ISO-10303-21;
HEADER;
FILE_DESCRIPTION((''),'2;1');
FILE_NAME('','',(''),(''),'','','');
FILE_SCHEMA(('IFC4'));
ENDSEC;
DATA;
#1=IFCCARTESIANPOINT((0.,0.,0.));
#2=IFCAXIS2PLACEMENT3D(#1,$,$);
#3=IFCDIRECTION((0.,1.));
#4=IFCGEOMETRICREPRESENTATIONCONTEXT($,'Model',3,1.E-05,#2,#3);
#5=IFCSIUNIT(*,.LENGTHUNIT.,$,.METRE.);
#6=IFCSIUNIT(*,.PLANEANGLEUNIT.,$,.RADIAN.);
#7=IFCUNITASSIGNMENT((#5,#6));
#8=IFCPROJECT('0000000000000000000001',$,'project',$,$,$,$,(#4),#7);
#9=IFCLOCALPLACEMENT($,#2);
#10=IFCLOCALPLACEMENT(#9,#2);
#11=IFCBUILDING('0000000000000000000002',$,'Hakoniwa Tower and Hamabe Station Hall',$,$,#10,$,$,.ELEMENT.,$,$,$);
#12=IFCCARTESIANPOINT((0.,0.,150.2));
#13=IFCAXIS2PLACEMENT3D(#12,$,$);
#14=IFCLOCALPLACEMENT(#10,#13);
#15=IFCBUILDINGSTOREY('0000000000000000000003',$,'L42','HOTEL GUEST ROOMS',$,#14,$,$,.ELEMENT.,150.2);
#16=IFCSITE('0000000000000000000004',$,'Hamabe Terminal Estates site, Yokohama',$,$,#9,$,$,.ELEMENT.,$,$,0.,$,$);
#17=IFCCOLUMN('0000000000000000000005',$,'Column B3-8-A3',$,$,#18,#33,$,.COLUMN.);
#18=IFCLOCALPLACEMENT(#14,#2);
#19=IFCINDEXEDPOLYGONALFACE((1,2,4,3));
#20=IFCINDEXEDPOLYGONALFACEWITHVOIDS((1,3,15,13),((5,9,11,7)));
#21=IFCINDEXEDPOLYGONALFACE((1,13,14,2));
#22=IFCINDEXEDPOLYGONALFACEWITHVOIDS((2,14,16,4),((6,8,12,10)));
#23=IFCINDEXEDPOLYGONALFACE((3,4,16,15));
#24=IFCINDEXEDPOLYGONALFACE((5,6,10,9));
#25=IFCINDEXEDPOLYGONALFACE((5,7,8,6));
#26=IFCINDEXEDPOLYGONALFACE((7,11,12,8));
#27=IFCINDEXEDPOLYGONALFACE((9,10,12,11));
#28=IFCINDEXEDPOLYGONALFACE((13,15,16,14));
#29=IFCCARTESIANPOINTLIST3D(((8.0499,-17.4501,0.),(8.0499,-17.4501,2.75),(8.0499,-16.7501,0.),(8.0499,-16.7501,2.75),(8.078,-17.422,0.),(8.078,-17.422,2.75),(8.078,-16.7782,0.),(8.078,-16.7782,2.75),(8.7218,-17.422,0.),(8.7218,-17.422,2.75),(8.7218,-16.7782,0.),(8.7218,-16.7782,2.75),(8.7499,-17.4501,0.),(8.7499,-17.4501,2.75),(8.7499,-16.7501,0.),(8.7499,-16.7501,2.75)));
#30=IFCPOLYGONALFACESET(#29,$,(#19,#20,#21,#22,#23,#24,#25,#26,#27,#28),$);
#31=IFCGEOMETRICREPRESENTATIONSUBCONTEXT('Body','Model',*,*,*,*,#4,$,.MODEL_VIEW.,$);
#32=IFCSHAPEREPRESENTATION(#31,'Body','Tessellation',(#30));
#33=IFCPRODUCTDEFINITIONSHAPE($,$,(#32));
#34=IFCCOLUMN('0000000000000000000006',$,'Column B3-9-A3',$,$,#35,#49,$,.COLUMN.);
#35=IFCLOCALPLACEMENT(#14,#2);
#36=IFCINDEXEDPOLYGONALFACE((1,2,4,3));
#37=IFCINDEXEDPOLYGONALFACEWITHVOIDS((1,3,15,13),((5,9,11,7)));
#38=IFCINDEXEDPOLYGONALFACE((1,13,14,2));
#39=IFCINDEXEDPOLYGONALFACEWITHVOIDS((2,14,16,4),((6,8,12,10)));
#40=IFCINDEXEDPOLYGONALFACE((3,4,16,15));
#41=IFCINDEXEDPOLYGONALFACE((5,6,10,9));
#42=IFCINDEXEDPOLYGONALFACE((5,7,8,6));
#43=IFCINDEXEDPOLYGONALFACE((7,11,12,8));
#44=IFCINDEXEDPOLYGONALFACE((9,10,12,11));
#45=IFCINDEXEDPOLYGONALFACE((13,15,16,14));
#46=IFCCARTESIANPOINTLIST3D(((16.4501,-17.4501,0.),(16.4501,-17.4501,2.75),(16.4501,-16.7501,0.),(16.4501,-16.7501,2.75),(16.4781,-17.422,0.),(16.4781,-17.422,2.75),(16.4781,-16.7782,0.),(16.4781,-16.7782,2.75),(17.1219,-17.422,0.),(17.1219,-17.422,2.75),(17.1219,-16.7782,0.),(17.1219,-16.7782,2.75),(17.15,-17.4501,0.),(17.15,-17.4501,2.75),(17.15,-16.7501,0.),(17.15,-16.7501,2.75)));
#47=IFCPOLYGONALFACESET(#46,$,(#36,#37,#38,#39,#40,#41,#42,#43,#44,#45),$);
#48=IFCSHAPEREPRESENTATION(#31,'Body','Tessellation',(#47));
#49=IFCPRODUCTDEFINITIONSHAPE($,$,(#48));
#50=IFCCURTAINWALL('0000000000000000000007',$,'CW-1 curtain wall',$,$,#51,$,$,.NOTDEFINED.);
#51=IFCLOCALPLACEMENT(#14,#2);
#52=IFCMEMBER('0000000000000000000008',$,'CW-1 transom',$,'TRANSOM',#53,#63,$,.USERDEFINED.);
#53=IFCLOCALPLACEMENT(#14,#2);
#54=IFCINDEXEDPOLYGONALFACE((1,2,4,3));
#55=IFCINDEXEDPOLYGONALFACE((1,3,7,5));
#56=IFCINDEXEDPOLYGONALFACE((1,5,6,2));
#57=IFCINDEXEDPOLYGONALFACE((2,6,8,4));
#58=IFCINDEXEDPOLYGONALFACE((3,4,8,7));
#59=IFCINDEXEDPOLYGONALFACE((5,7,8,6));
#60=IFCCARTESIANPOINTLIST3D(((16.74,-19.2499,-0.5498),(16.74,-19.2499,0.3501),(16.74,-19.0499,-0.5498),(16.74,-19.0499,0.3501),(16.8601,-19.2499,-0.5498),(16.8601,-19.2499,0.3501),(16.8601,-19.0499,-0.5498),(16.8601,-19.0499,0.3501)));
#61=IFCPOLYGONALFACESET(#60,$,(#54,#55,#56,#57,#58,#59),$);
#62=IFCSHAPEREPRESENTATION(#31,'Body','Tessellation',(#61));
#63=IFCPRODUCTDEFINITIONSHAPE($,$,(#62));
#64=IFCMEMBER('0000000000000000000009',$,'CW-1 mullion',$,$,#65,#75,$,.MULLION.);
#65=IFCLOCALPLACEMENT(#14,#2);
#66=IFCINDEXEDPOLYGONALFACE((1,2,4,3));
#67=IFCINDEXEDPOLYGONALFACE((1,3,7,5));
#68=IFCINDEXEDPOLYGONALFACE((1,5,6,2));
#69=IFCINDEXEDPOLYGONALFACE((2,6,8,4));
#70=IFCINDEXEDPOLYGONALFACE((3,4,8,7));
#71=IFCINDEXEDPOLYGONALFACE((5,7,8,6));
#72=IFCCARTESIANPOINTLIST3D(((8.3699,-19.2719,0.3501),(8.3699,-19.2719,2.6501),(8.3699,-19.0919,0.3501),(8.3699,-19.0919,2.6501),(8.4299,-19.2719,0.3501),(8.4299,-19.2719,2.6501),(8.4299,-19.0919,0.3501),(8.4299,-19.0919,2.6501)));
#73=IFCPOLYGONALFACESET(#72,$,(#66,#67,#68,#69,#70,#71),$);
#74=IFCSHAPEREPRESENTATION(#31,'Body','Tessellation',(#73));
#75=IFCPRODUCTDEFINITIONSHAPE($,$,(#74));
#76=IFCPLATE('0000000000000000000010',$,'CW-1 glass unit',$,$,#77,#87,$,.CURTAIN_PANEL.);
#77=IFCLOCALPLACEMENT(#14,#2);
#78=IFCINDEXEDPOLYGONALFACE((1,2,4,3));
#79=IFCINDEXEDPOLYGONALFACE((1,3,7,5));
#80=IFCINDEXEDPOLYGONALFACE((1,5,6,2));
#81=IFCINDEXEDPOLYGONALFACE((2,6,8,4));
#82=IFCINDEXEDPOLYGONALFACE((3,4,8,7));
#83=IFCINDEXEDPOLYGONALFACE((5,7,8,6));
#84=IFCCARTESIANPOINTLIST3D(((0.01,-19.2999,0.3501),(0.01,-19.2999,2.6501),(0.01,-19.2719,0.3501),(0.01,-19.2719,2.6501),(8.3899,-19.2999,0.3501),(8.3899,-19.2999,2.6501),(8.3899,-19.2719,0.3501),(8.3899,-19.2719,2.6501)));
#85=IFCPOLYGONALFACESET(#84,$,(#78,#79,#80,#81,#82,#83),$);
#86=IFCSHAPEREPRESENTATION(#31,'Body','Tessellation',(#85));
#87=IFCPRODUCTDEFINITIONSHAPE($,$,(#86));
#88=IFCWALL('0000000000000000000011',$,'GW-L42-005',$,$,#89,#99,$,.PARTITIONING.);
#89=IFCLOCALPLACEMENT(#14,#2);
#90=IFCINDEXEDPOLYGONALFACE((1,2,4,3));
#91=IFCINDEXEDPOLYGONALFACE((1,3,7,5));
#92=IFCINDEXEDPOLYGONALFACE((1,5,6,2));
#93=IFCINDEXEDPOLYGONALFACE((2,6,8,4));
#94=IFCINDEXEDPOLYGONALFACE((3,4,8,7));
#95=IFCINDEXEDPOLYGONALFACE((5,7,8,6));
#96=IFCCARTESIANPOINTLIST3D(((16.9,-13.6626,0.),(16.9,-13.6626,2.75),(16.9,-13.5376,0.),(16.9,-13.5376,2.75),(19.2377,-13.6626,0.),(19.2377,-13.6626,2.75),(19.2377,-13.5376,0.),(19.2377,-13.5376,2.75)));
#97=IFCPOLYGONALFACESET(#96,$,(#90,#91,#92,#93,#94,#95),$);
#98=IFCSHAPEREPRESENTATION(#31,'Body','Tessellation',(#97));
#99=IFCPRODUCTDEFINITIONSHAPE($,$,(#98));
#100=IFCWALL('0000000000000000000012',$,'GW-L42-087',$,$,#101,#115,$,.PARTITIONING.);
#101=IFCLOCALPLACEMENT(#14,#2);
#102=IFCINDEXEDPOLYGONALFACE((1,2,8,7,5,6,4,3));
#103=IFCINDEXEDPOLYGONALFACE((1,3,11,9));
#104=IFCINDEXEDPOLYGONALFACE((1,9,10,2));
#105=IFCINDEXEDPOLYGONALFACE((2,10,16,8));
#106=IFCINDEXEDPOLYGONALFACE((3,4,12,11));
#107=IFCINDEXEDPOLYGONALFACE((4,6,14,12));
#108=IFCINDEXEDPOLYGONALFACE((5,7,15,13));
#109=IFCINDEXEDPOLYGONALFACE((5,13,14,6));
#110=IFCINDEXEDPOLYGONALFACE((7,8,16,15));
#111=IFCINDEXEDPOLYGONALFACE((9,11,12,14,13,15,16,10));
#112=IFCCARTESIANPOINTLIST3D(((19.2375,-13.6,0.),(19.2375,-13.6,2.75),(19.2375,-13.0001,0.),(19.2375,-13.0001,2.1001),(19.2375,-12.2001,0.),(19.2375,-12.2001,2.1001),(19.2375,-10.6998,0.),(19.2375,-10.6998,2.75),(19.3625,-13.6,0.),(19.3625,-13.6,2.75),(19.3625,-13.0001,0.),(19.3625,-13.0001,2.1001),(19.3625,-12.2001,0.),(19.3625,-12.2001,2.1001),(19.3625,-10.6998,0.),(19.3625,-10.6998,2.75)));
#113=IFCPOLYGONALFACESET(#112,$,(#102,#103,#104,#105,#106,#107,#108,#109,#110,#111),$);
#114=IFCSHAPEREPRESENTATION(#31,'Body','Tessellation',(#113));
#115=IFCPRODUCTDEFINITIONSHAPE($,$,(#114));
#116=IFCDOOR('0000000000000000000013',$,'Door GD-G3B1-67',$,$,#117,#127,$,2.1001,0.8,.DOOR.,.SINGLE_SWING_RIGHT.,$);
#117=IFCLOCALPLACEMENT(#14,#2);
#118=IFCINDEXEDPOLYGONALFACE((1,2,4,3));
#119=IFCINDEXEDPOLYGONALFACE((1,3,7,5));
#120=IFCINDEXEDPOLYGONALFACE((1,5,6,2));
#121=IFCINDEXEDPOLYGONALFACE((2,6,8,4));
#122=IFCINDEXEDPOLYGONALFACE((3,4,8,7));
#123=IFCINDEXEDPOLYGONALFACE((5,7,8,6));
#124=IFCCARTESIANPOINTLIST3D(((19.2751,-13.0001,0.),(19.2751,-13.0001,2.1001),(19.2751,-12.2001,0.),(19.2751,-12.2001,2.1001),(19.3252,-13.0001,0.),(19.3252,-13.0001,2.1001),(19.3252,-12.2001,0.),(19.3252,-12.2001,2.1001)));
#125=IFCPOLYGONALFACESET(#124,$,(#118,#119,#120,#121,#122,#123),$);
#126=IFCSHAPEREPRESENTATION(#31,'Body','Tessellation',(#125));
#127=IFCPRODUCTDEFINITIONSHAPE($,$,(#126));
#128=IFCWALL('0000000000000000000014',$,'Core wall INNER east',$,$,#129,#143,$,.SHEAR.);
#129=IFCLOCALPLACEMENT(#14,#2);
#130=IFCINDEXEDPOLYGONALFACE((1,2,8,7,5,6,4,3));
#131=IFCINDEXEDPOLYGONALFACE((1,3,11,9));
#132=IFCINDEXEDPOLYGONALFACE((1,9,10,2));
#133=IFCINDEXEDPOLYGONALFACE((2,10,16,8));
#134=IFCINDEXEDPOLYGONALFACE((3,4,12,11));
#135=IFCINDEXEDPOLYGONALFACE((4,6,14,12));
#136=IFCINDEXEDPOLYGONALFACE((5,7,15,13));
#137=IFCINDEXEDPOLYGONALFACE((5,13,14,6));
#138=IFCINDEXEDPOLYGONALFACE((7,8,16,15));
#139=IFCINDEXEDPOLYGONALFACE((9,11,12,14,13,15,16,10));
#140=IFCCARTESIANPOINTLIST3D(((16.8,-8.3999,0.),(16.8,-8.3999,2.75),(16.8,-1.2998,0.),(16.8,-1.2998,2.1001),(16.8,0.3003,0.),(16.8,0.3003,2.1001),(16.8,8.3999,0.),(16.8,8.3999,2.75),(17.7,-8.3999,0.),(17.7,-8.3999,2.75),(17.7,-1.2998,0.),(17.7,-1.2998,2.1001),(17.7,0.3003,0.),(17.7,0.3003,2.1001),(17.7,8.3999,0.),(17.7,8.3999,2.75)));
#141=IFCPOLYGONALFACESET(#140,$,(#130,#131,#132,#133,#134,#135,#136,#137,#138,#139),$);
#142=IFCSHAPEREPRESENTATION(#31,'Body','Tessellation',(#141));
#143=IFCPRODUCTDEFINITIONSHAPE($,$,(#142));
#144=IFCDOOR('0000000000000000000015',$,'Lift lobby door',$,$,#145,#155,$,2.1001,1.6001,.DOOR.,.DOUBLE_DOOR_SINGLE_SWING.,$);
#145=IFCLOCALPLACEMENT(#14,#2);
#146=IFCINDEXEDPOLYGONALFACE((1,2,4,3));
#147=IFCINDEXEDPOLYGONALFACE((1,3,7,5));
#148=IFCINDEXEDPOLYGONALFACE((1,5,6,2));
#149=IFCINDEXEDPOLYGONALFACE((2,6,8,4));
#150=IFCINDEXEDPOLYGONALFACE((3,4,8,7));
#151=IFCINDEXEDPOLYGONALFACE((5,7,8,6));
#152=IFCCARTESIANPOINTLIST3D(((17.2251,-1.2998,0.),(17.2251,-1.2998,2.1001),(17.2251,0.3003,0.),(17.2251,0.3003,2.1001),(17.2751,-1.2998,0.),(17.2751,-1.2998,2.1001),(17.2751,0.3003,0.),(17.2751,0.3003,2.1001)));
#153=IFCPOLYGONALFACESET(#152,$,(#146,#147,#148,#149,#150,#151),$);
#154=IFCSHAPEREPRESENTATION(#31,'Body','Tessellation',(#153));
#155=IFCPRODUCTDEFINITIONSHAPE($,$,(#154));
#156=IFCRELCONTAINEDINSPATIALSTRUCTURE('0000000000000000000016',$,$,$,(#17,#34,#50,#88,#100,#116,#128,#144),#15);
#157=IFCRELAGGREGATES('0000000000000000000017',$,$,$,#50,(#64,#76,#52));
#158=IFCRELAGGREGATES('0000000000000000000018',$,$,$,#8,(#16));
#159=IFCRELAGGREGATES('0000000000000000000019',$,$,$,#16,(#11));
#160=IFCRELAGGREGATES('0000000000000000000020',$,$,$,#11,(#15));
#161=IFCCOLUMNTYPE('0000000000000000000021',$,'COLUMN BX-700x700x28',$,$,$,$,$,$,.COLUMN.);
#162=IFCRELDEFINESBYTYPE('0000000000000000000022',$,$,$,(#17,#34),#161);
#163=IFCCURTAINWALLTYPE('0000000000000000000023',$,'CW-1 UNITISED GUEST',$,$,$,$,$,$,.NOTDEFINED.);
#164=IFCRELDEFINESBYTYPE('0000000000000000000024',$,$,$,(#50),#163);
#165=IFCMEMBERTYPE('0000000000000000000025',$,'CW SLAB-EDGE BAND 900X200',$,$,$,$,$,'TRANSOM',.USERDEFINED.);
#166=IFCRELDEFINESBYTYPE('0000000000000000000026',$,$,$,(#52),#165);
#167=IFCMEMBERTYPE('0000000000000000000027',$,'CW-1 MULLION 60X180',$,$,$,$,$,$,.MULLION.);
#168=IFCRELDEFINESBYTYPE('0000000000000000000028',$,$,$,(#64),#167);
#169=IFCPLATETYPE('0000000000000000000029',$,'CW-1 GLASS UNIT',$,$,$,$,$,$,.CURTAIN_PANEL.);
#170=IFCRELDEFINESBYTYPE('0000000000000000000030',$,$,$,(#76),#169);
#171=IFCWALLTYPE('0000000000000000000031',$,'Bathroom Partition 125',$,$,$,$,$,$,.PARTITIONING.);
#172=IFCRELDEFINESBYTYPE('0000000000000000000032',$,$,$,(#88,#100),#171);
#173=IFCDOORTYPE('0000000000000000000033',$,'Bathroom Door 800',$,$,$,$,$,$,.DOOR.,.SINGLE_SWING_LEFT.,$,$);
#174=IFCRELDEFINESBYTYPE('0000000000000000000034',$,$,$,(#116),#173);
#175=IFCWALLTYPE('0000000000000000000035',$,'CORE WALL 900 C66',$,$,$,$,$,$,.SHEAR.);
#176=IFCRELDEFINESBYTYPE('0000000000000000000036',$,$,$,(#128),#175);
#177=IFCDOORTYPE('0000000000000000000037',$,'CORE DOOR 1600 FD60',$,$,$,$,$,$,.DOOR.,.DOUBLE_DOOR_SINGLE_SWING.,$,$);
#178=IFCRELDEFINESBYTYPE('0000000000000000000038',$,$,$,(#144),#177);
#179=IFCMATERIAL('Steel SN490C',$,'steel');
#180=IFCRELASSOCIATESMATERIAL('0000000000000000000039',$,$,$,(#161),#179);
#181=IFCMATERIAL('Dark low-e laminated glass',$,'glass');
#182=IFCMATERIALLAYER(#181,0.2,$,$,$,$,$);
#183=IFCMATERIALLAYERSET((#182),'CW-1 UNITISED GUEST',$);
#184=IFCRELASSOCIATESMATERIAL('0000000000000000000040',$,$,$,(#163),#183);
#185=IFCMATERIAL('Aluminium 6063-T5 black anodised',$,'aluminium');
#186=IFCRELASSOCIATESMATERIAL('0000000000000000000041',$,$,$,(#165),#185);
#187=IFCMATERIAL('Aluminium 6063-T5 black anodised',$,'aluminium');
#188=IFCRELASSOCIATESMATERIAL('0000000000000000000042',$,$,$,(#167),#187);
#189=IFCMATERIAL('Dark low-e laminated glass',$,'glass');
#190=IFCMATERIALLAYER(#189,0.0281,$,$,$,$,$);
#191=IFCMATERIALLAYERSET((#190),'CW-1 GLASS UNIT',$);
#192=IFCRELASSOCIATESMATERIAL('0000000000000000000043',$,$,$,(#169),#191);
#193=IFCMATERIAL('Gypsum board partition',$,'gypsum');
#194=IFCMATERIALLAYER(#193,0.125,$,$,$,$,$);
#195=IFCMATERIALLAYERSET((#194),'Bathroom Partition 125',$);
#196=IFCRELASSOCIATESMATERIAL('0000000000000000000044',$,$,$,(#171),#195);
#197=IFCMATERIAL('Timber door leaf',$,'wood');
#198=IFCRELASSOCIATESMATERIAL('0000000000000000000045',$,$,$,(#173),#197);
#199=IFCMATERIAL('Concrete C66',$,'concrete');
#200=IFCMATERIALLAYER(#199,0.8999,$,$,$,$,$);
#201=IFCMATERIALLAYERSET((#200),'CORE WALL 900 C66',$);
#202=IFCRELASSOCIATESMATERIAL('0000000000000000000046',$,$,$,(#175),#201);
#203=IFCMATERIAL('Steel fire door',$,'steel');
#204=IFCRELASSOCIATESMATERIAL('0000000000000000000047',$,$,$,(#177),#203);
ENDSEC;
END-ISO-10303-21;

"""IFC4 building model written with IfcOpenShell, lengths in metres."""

from ifc_helpers import new_model, si_unit, direction, frame, frame_2d, origin, origin_2d, place, context, subcontext, project, spatial, rectangle, hollow_rectangle, extrude, material, layer, layer_set, material_profile, profile_set, type_object, element, fill, aggregate, save


model = new_model("IFC4")

# Units and contexts
model_context = context("Model", 3, precision=1e-05, world=origin(), true_north=direction((0.0, 1.0)))
body_context = subcontext(model_context, "Body", "Model", "MODEL_VIEW")
ifc_project = project(units=[si_unit("LENGTHUNIT", "METRE"), si_unit("PLANEANGLEUNIT", "RADIAN")], contexts=[model_context])

# Site, building, storey
site_placement = place(None, origin())
site = spatial("IfcSite", under=ifc_project, at=site_placement, Name="Hamabe Terminal Estates site, Yokohama", CompositionType="ELEMENT", RefElevation=0.0)
building_placement = place(site_placement, origin())
building = spatial("IfcBuilding", under=site, at=building_placement, Name="Hakoniwa Tower and Hamabe Station Hall", CompositionType="ELEMENT")
storey_placement = place(building_placement, frame((0.0, 0.0, 150.2)))
storey = spatial("IfcBuildingStorey", under=building, at=storey_placement, Name="L42", Description="HOTEL GUEST ROOMS", CompositionType="ELEMENT", Elevation=150.2)

# Columns
ifc_material_1 = material(Name="Steel SN490C", Category="steel")
ifc_material_profile_1 = material_profile(ifc_material_1, hollow_rectangle(XDim=0.7, YDim=0.7, WallThickness=0.0281, at=origin_2d()), Name="BX-700x700x28")
ifc_profile_set_1 = profile_set([ifc_material_profile_1], Name="Steel SN490C")
column_type = type_object("IfcColumnType", Name="COLUMN BX-700x700x28", PredefinedType="COLUMN", material=ifc_profile_set_1)
for number, where, z_axis, x_axis, name in (
    (1, (8.3999, -17.1001, 0.0), (0.0, 0.0, 1.0), (1.0, 0.0, 0.0), "Column B3-8-A3"),
    (2, (16.8, -17.1001, 0.0), (0.0, 0.0, 1.0), (1.0, 0.0, 0.0), "Column B3-9-A3"),
):
    element("IfcColumn", number, at=place(storey_placement, frame(where, z_axis=z_axis, x_axis=x_axis)), inside=storey, type_object=column_type, Name=name, PredefinedType="COLUMN", context=body_context, shape_type="SweptSolid", body=[
        extrude(hollow_rectangle(XDim=0.7, YDim=0.7, WallThickness=0.0281, at=origin_2d()), origin(), (0.0, 0.0, 1.0), 2.75),
    ])

# Curtain wall, members, plate
ifc_material_2 = material(Name="Dark low-e laminated glass", Category="glass")
ifc_layer_1 = layer(ifc_material_2, 0.2)
ifc_layer_set_1 = layer_set([ifc_layer_1], Name="CW-1 UNITISED GUEST")
curtain_wall_type = type_object("IfcCurtainWallType", Name="CW-1 UNITISED GUEST", PredefinedType="NOTDEFINED", material=ifc_layer_set_1)
curtain_wall_placement = place(storey_placement, origin())
curtain_wall = element("IfcCurtainWall", 3, at=curtain_wall_placement, inside=storey, type_object=curtain_wall_type, Name="CW-1 curtain wall", PredefinedType="NOTDEFINED")
ifc_material_3 = material(Name="Aluminium 6063-T5 black anodised", Category="aluminium")
ifc_material_profile_2 = material_profile(ifc_material_3, rectangle(XDim=0.2, YDim=0.8999, at=origin_2d()), Name="CW SLAB-EDGE BAND 900X200")
ifc_profile_set_2 = profile_set([ifc_material_profile_2], Name="Aluminium 6063-T5 black anodised")
member_type_1 = type_object("IfcMemberType", Name="CW SLAB-EDGE BAND 900X200", ElementType="TRANSOM", PredefinedType="USERDEFINED", material=ifc_profile_set_2)
member_1_placement = place(storey_placement, frame((16.74, -19.1499, -0.0999), z_axis=(1.0, 0.0, 0.0), x_axis=(0.0, 1.0, 0.0)))
member_1 = element("IfcMember", 4, at=member_1_placement, type_object=member_type_1, Name="CW-1 transom", ObjectType="TRANSOM", PredefinedType="USERDEFINED", context=body_context, shape_type="SweptSolid", body=[
    extrude(rectangle(XDim=0.2, YDim=0.8999, at=origin_2d()), origin(), (0.0, 0.0, 1.0), 0.1201),
])
ifc_material_4 = material(Name="Aluminium 6063-T5 black anodised", Category="aluminium")
ifc_material_profile_3 = material_profile(ifc_material_4, rectangle(XDim=0.0601, YDim=0.1799, at=origin_2d()), Name="CW-1 MULLION 60X180")
ifc_profile_set_3 = profile_set([ifc_material_profile_3], Name="Aluminium 6063-T5 black anodised")
member_type_2 = type_object("IfcMemberType", Name="CW-1 MULLION 60X180", PredefinedType="MULLION", material=ifc_profile_set_3)
member_2_placement = place(storey_placement, frame((8.3999, -19.1819, 0.3501), z_axis=(0.0, 0.0, 1.0), x_axis=(1.0, 0.0, 0.0)))
member_2 = element("IfcMember", 5, at=member_2_placement, type_object=member_type_2, Name="CW-1 mullion", PredefinedType="MULLION", context=body_context, shape_type="SweptSolid", body=[
    extrude(rectangle(XDim=0.0601, YDim=0.1799, at=origin_2d()), origin(), (0.0, 0.0, 1.0), 2.3),
])
ifc_material_5 = material(Name="Dark low-e laminated glass", Category="glass")
ifc_layer_2 = layer(ifc_material_5, 0.0281)
ifc_layer_set_2 = layer_set([ifc_layer_2], Name="CW-1 GLASS UNIT")
plate_type = type_object("IfcPlateType", Name="CW-1 GLASS UNIT", PredefinedType="CURTAIN_PANEL", material=ifc_layer_set_2)
plate_placement = place(storey_placement, frame((4.2, -19.2859, 0.3501), z_axis=(0.0, 0.0, 1.0), x_axis=(1.0, 0.0, 0.0)))
plate = element("IfcPlate", 6, at=plate_placement, type_object=plate_type, Name="CW-1 glass unit", PredefinedType="CURTAIN_PANEL", context=body_context, shape_type="SweptSolid", body=[
    extrude(rectangle(XDim=8.3799, YDim=0.0281, at=origin_2d()), origin(), (0.0, 0.0, 1.0), 2.3),
])

# Wall
ifc_material_6 = material(Name="Gypsum board partition", Category="gypsum")
ifc_layer_3 = layer(ifc_material_6, 0.125)
ifc_layer_set_3 = layer_set([ifc_layer_3], Name="Bathroom Partition 125")
wall_type_1 = type_object("IfcWallType", Name="Bathroom Partition 125", PredefinedType="PARTITIONING", material=ifc_layer_set_3)
wall_1_placement = place(storey_placement, frame((16.8999, -13.6001, 0.0), z_axis=(0.0, 0.0, 1.0), x_axis=(1.0, 0.0, 0.0)))
element("IfcWall", 7, at=wall_1_placement, inside=storey, type_object=wall_type_1, Name="GW-L42-005", PredefinedType="PARTITIONING", context=body_context, shape_type="SweptSolid", body=[
    extrude(rectangle(XDim=2.3376, YDim=0.125, at=frame_2d((1.1689, 0.0))), origin(), (0.0, 0.0, 1.0), 2.75),
])

# Walls, openings, doors
wall_2_placement = place(storey_placement, frame((19.3, -13.6001, 0.0), z_axis=(0.0, 0.0, 1.0), x_axis=(0.0, 1.0, 0.0)))
wall_2 = element("IfcWall", 8, at=wall_2_placement, inside=storey, type_object=wall_type_1, Name="GW-L42-087", PredefinedType="PARTITIONING", context=body_context, shape_type="SweptSolid", body=[
    extrude(rectangle(XDim=2.9001, YDim=0.125, at=frame_2d((1.4502, 0.0))), origin(), (0.0, 0.0, 1.0), 2.75),
])
opening_1_placement = place(wall_2_placement, frame((0.6001, 0.0, 0.0)))
opening_1 = element("IfcOpeningElement", 9, at=opening_1_placement, cuts=wall_2, PredefinedType="OPENING", context=body_context, shape_type="SweptSolid", body=[
    extrude(rectangle(XDim=0.8, YDim=2.1001, at=frame_2d((0.3999, 1.05))), frame((0.0, 0.0725, 0.0), z_axis=(0.0, -1.0, 0.0), x_axis=(1.0, 0.0, 0.0)), (0.0, 0.0, 1.0), 0.145),
])
ifc_material_7 = material(Name="Timber door leaf", Category="wood")
door_type_1 = type_object("IfcDoorType", Name="Bathroom Door 800", OperationType="SINGLE_SWING_LEFT", PredefinedType="DOOR", material=ifc_material_7)
door_1_placement = place(opening_1_placement, origin())
door_1 = element("IfcDoor", 10, at=door_1_placement, inside=storey, type_object=door_type_1, Name="Door GD-G3B1-67", OperationType="SINGLE_SWING_RIGHT", OverallHeight=2.1001, OverallWidth=0.8, PredefinedType="DOOR", context=body_context, shape_type="SweptSolid", body=[
    extrude(rectangle(XDim=0.8, YDim=2.1001, at=frame_2d((0.3999, 1.05))), frame((0.0, 0.0249, 0.0), z_axis=(0.0, -1.0, 0.0), x_axis=(1.0, 0.0, 0.0)), (0.0, 0.0, 1.0), 0.05),
])
fill(opening_1, door_1)
ifc_material_8 = material(Name="Concrete C66", Category="concrete")
ifc_layer_4 = layer(ifc_material_8, 0.8999)
ifc_layer_set_4 = layer_set([ifc_layer_4], Name="CORE WALL 900 C66")
wall_type_2 = type_object("IfcWallType", Name="CORE WALL 900 C66", PredefinedType="SHEAR", material=ifc_layer_set_4)
wall_3_placement = place(storey_placement, frame((17.25, -8.3999, 0.0), z_axis=(0.0, 0.0, 1.0), x_axis=(0.0, 1.0, 0.0)))
wall_3 = element("IfcWall", 11, at=wall_3_placement, inside=storey, type_object=wall_type_2, Name="Core wall INNER east", PredefinedType="SHEAR", context=body_context, shape_type="SweptSolid", body=[
    extrude(rectangle(XDim=16.7998, YDim=0.8999, at=frame_2d((8.3999, 0.0))), origin(), (0.0, 0.0, 1.0), 2.75),
])
opening_2_placement = place(wall_3_placement, frame((7.1001, 0.0, 0.0)))
opening_2 = element("IfcOpeningElement", 12, at=opening_2_placement, cuts=wall_3, PredefinedType="OPENING", context=body_context, shape_type="SweptSolid", body=[
    extrude(rectangle(XDim=1.6001, YDim=2.1001, at=frame_2d((0.8, 1.05))), frame((0.0, 0.46, 0.0), z_axis=(0.0, -1.0, 0.0), x_axis=(1.0, 0.0, 0.0)), (0.0, 0.0, 1.0), 0.9199),
])
ifc_material_9 = material(Name="Steel fire door", Category="steel")
door_type_2 = type_object("IfcDoorType", Name="CORE DOOR 1600 FD60", OperationType="DOUBLE_DOOR_SINGLE_SWING", PredefinedType="DOOR", material=ifc_material_9)
door_2_placement = place(opening_2_placement, origin())
door_2 = element("IfcDoor", 13, at=door_2_placement, inside=storey, type_object=door_type_2, Name="Lift lobby door", OperationType="DOUBLE_DOOR_SINGLE_SWING", OverallHeight=2.1001, OverallWidth=1.6001, PredefinedType="DOOR", context=body_context, shape_type="SweptSolid", body=[
    extrude(rectangle(XDim=1.6001, YDim=2.1001, at=frame_2d((0.8, 1.05))), frame((0.0, 0.0249, 0.0), z_axis=(0.0, -1.0, 0.0), x_axis=(1.0, 0.0, 0.0)), (0.0, 0.0, 1.0), 0.05),
])
fill(opening_2, door_2)

aggregate(curtain_wall, [member_2, plate, member_1])

save(model, "model.ifc")
